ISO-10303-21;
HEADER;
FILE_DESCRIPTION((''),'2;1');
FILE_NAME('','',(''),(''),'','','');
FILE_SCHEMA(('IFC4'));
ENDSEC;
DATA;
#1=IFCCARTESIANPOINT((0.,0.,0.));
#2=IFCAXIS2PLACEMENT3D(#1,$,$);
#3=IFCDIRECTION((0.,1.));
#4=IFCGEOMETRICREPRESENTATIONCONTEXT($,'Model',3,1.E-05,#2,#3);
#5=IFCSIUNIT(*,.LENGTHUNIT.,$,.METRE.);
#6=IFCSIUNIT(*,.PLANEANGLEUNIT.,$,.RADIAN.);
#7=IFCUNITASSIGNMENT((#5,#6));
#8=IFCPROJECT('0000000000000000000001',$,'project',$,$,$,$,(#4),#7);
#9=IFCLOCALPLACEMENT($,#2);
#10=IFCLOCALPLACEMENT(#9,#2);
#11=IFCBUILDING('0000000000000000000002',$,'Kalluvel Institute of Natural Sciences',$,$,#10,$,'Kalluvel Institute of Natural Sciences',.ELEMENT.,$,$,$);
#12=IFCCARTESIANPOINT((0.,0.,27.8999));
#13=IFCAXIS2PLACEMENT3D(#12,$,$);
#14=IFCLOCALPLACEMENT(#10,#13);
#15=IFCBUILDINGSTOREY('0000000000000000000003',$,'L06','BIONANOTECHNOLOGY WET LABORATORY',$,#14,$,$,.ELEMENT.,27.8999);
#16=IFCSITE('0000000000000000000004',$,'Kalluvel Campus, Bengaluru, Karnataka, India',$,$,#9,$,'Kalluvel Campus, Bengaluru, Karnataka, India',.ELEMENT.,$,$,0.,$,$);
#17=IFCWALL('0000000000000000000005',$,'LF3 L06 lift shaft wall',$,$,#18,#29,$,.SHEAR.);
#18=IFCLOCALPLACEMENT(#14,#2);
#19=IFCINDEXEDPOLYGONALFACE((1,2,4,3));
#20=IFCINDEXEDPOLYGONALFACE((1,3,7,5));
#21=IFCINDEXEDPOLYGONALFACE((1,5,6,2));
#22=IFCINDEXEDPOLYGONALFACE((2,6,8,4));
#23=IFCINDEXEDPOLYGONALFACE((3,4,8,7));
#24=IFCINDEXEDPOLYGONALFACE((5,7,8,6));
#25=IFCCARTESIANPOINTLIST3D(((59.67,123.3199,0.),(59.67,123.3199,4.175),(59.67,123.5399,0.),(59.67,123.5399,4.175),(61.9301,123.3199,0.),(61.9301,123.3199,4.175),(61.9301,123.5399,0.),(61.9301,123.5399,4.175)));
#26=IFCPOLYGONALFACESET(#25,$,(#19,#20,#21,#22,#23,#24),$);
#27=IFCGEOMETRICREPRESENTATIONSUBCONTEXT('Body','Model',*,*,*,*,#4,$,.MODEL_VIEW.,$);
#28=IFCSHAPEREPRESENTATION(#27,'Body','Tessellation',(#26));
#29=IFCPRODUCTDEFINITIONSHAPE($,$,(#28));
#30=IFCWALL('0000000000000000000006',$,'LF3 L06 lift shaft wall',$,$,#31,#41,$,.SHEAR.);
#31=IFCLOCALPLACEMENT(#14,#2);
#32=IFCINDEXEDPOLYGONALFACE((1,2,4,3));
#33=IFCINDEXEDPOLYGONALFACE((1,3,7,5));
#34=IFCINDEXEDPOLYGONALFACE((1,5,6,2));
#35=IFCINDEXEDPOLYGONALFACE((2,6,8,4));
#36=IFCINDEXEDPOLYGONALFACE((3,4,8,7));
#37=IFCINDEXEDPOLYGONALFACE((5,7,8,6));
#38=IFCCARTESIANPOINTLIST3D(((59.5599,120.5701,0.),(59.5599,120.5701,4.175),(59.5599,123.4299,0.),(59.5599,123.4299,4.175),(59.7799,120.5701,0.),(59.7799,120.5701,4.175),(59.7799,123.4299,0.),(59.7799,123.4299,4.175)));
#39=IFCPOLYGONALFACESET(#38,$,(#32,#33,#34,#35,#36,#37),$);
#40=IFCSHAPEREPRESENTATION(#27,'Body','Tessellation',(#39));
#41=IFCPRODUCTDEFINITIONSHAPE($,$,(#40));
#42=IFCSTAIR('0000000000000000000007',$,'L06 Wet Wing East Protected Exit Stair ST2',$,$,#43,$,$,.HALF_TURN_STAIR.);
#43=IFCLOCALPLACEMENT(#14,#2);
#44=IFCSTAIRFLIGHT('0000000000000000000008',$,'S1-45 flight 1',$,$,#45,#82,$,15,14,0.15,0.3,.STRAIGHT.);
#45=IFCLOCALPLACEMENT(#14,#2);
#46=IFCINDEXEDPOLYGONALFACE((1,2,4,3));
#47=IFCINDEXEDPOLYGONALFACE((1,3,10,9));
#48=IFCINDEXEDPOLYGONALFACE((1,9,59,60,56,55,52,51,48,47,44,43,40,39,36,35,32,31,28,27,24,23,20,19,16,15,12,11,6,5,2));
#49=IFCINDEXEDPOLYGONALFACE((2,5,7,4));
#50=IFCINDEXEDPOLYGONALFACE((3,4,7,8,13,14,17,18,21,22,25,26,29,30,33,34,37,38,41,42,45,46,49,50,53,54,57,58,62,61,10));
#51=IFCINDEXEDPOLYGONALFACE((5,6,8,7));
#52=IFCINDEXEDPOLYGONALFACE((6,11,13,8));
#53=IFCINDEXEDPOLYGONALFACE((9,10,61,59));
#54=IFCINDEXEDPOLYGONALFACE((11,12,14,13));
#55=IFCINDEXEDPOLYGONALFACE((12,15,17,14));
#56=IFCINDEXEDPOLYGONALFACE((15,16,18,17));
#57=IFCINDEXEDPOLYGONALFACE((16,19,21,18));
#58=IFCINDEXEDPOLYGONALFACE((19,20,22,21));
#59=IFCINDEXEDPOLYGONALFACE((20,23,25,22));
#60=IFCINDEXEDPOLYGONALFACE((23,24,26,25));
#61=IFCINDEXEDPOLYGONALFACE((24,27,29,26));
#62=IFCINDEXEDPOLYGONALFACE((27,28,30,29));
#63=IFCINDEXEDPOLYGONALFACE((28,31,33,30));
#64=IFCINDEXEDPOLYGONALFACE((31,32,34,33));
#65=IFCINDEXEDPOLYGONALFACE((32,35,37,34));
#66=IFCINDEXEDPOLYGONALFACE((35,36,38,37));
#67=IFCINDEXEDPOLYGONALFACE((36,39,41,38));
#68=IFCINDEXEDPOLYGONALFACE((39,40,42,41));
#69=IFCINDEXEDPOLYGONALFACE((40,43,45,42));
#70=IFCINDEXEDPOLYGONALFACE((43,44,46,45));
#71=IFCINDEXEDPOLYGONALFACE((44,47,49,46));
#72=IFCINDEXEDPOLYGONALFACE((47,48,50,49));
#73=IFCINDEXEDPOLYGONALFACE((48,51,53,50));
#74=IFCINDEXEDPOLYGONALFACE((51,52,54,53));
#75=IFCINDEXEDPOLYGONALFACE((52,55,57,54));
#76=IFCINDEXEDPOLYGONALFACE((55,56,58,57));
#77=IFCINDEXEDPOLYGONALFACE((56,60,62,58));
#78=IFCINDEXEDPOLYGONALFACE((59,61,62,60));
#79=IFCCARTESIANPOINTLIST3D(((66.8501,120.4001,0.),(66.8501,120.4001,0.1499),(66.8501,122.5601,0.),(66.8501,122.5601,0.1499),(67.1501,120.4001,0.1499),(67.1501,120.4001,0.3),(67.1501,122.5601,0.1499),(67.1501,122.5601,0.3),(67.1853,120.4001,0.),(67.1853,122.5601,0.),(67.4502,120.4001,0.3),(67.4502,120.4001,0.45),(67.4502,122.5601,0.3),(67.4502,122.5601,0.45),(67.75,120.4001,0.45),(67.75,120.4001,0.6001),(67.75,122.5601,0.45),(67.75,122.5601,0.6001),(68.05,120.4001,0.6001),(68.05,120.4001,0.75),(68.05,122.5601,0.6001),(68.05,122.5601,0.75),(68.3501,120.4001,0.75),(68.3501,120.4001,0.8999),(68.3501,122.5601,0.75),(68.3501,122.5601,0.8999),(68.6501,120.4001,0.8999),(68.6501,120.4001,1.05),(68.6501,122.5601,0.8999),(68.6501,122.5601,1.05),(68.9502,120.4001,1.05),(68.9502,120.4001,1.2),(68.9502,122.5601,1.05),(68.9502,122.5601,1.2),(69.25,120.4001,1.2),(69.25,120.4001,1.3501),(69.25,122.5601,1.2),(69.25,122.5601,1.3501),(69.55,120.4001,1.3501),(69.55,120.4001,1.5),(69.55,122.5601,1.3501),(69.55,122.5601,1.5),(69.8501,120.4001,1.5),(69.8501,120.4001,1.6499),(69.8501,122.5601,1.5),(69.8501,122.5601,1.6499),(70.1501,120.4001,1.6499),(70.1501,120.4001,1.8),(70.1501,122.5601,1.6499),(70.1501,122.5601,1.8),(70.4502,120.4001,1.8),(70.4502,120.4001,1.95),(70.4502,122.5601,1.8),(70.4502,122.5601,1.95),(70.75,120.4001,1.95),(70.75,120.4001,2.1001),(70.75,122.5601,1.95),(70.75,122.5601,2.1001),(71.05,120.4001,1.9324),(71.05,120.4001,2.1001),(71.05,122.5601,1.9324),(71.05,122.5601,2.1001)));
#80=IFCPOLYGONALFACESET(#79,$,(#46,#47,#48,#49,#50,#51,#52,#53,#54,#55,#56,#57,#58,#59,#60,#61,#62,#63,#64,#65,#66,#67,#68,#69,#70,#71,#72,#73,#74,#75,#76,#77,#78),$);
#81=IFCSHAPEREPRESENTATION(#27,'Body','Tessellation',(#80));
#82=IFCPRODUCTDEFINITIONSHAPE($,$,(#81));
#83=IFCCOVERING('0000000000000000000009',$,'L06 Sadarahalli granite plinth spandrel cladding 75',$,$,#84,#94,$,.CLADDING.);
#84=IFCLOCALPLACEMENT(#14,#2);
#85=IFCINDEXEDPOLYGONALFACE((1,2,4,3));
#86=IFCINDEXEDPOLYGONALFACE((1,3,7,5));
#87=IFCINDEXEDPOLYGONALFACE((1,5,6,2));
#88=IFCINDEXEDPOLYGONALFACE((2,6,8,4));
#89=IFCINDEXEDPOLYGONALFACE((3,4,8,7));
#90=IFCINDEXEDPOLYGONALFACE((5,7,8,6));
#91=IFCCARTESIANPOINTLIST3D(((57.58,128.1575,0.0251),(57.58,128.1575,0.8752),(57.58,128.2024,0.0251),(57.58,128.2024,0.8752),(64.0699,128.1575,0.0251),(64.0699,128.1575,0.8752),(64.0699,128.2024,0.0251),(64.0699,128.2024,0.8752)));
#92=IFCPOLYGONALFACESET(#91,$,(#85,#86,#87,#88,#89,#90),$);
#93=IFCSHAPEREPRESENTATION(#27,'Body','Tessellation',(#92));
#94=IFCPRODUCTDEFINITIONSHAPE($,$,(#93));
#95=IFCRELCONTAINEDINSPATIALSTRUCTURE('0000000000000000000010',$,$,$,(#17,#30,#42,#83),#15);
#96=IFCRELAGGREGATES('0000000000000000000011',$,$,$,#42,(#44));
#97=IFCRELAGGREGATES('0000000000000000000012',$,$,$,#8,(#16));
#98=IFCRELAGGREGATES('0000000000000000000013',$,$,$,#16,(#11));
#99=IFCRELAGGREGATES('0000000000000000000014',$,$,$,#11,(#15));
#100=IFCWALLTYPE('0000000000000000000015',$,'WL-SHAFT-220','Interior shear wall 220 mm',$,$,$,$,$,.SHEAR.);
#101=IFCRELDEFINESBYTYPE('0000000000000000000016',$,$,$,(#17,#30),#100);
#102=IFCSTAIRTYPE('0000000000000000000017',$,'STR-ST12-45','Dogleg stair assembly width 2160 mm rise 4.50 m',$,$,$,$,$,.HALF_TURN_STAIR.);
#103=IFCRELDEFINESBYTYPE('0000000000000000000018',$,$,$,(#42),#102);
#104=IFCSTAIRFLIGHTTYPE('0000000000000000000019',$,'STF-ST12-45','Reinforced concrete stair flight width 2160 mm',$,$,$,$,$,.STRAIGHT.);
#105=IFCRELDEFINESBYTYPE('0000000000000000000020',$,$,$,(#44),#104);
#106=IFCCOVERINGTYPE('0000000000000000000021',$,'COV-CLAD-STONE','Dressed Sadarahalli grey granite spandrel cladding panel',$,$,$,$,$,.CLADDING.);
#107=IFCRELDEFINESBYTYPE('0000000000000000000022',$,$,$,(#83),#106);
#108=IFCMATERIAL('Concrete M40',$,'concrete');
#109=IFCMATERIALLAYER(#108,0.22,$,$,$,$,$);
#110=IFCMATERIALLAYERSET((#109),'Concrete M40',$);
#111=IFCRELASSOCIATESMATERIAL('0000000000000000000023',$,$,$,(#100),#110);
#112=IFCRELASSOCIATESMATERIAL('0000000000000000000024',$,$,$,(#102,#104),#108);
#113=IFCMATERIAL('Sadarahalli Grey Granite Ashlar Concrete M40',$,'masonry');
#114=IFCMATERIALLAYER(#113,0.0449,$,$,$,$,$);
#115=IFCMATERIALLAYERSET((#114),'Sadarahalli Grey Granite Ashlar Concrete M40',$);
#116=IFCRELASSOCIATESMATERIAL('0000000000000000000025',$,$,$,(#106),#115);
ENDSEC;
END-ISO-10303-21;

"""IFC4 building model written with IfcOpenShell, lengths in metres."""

from ifc_helpers import new_model, si_unit, direction, frame, frame_2d, origin, origin_2d, place, context, subcontext, project, spatial, polyline, rectangle, outline, extrude, material, layer, layer_set, type_object, element, aggregate, save


model = new_model("IFC4")

# Units and contexts
model_context = context("Model", 3, precision=1e-05, world=origin(), true_north=direction((0.0, 1.0)))
body_context = subcontext(model_context, "Body", "Model", "MODEL_VIEW")
ifc_project = project(units=[si_unit("LENGTHUNIT", "METRE"), si_unit("PLANEANGLEUNIT", "RADIAN")], contexts=[model_context])

# Site, building, storey
site_placement = place(None, origin())
site = spatial("IfcSite", under=ifc_project, at=site_placement, Name="Kalluvel Campus, Bengaluru, Karnataka, India", LongName="Kalluvel Campus, Bengaluru, Karnataka, India", CompositionType="ELEMENT", RefElevation=0.0)
building_placement = place(site_placement, origin())
building = spatial("IfcBuilding", under=site, at=building_placement, Name="Kalluvel Institute of Natural Sciences", LongName="Kalluvel Institute of Natural Sciences", CompositionType="ELEMENT")
storey_placement = place(building_placement, frame((0.0, 0.0, 27.8999)))
storey = spatial("IfcBuildingStorey", under=building, at=storey_placement, Name="L06", Description="BIONANOTECHNOLOGY WET LABORATORY", CompositionType="ELEMENT", Elevation=27.8999)

# Shared definitions
ifc_material_1 = material(Name="Concrete M40", Category="concrete")

# Shared definitions
ifc_material_2 = material(Name="Sadarahalli Grey Granite Ashlar Concrete M40", Category="masonry")

# Shared definitions
ifc_layer_1 = layer(ifc_material_1, 0.22)
ifc_layer_set_1 = layer_set([ifc_layer_1], Name="Concrete M40")
wall_type_1 = type_object("IfcWallType", Name="WL-SHAFT-220", Description="Interior shear wall 220 mm", PredefinedType="SHEAR", material=ifc_layer_set_1)

# Walls
wall_1_placement = place(storey_placement, frame((61.9299, 123.4299, 0.0), z_axis=(0.0, 0.0, 1.0), x_axis=(-1.0, 0.0, 0.0)))
element("IfcWall", 1, at=wall_1_placement, inside=storey, type_object=wall_type_1, Name="LF3 L06 lift shaft wall", PredefinedType="SHEAR", context=body_context, shape_type="SweptSolid", body=[
    extrude(rectangle(XDim=2.26, YDim=0.22, at=frame_2d((1.1299, 0.0))), origin(), (0.0, 0.0, 1.0), 4.175),
])
wall_2_placement = place(storey_placement, frame((59.6699, 123.4299, 0.0), z_axis=(0.0, 0.0, 1.0), x_axis=(0.0, -1.0, 0.0)))
element("IfcWall", 2, at=wall_2_placement, inside=storey, type_object=wall_type_1, Name="LF3 L06 lift shaft wall", PredefinedType="SHEAR", context=body_context, shape_type="SweptSolid", body=[
    extrude(rectangle(XDim=2.8599, YDim=0.22, at=frame_2d((1.4299, 0.0))), origin(), (0.0, 0.0, 1.0), 4.175),
])

# Stair, stair flight
stair_type = type_object("IfcStairType", Name="STR-ST12-45", Description="Dogleg stair assembly width 2160 mm rise 4.50 m", PredefinedType="HALF_TURN_STAIR", material=ifc_material_1)
stair_placement = place(storey_placement, origin())
stair = element("IfcStair", 3, at=stair_placement, inside=storey, type_object=stair_type, Name="L06 Wet Wing East Protected Exit Stair ST2", PredefinedType="HALF_TURN_STAIR")
stair_flight_type = type_object("IfcStairFlightType", Name="STF-ST12-45", Description="Reinforced concrete stair flight width 2160 mm", PredefinedType="STRAIGHT", material=ifc_material_1)
stair_flight_placement = place(storey_placement, frame((66.8501, 121.48, 0.0), z_axis=(0.0, 0.0, 1.0), x_axis=(1.0, 0.0, 0.0)))
stair_flight = element("IfcStairFlight", 4, at=stair_flight_placement, type_object=stair_flight_type, Name="S1-45 flight 1", NumberOfRisers=15, NumberOfTreads=14, PredefinedType="STRAIGHT", RiserHeight=0.15, TreadLength=0.3, context=body_context, shape_type="SweptSolid", body=[
    extrude(outline(polyline([(0.0, 0.0), (0.0, 0.1499), (0.3, 0.1499), (0.3, 0.3), (0.6001, 0.3), (0.6001, 0.45), (0.8999, 0.45), (0.8999, 0.6001), (1.2, 0.6001), (1.2, 0.75), (1.5, 0.75), (1.5, 0.8999), (1.8, 0.8999), (1.8, 1.05), (2.1001, 1.05), (2.1001, 1.2), (2.3999, 1.2), (2.3999, 1.3501), (2.7, 1.3501), (2.7, 1.5), (3.0, 1.5), (3.0, 1.6499), (3.3, 1.6499), (3.3, 1.8), (3.6001, 1.8), (3.6001, 1.95), (3.8999, 1.95), (3.8999, 2.1001), (4.2, 2.1001), (4.2, 2.25), (4.2, 1.9324), (0.3352, 0.0), (0.0, 0.0)])), frame((0.0, 1.0801, 0.0), z_axis=(0.0, -1.0, 0.0), x_axis=(1.0, 0.0, 0.0)), (0.0, 0.0, 1.0), 2.1599),
])
aggregate(stair, [stair_flight])

# Covering
ifc_layer_2 = layer(ifc_material_2, 0.0449)
ifc_layer_set_2 = layer_set([ifc_layer_2], Name="Sadarahalli Grey Granite Ashlar Concrete M40")
covering_type = type_object("IfcCoveringType", Name="COV-CLAD-STONE", Description="Dressed Sadarahalli grey granite spandrel cladding panel", PredefinedType="CLADDING", material=ifc_layer_set_2)
covering_placement = place(storey_placement, frame((60.825, 128.1799, 0.0251), z_axis=(0.0, 0.0, 1.0), x_axis=(1.0, 0.0, 0.0)))
element("IfcCovering", 5, at=covering_placement, inside=storey, type_object=covering_type, Name="L06 Sadarahalli granite plinth spandrel cladding 75", PredefinedType="CLADDING", context=body_context, shape_type="SweptSolid", body=[
    extrude(rectangle(XDim=6.49, YDim=0.0449, at=origin_2d()), origin(), (0.0, 0.0, 1.0), 0.8501),
])

save(model, "model.ifc")
